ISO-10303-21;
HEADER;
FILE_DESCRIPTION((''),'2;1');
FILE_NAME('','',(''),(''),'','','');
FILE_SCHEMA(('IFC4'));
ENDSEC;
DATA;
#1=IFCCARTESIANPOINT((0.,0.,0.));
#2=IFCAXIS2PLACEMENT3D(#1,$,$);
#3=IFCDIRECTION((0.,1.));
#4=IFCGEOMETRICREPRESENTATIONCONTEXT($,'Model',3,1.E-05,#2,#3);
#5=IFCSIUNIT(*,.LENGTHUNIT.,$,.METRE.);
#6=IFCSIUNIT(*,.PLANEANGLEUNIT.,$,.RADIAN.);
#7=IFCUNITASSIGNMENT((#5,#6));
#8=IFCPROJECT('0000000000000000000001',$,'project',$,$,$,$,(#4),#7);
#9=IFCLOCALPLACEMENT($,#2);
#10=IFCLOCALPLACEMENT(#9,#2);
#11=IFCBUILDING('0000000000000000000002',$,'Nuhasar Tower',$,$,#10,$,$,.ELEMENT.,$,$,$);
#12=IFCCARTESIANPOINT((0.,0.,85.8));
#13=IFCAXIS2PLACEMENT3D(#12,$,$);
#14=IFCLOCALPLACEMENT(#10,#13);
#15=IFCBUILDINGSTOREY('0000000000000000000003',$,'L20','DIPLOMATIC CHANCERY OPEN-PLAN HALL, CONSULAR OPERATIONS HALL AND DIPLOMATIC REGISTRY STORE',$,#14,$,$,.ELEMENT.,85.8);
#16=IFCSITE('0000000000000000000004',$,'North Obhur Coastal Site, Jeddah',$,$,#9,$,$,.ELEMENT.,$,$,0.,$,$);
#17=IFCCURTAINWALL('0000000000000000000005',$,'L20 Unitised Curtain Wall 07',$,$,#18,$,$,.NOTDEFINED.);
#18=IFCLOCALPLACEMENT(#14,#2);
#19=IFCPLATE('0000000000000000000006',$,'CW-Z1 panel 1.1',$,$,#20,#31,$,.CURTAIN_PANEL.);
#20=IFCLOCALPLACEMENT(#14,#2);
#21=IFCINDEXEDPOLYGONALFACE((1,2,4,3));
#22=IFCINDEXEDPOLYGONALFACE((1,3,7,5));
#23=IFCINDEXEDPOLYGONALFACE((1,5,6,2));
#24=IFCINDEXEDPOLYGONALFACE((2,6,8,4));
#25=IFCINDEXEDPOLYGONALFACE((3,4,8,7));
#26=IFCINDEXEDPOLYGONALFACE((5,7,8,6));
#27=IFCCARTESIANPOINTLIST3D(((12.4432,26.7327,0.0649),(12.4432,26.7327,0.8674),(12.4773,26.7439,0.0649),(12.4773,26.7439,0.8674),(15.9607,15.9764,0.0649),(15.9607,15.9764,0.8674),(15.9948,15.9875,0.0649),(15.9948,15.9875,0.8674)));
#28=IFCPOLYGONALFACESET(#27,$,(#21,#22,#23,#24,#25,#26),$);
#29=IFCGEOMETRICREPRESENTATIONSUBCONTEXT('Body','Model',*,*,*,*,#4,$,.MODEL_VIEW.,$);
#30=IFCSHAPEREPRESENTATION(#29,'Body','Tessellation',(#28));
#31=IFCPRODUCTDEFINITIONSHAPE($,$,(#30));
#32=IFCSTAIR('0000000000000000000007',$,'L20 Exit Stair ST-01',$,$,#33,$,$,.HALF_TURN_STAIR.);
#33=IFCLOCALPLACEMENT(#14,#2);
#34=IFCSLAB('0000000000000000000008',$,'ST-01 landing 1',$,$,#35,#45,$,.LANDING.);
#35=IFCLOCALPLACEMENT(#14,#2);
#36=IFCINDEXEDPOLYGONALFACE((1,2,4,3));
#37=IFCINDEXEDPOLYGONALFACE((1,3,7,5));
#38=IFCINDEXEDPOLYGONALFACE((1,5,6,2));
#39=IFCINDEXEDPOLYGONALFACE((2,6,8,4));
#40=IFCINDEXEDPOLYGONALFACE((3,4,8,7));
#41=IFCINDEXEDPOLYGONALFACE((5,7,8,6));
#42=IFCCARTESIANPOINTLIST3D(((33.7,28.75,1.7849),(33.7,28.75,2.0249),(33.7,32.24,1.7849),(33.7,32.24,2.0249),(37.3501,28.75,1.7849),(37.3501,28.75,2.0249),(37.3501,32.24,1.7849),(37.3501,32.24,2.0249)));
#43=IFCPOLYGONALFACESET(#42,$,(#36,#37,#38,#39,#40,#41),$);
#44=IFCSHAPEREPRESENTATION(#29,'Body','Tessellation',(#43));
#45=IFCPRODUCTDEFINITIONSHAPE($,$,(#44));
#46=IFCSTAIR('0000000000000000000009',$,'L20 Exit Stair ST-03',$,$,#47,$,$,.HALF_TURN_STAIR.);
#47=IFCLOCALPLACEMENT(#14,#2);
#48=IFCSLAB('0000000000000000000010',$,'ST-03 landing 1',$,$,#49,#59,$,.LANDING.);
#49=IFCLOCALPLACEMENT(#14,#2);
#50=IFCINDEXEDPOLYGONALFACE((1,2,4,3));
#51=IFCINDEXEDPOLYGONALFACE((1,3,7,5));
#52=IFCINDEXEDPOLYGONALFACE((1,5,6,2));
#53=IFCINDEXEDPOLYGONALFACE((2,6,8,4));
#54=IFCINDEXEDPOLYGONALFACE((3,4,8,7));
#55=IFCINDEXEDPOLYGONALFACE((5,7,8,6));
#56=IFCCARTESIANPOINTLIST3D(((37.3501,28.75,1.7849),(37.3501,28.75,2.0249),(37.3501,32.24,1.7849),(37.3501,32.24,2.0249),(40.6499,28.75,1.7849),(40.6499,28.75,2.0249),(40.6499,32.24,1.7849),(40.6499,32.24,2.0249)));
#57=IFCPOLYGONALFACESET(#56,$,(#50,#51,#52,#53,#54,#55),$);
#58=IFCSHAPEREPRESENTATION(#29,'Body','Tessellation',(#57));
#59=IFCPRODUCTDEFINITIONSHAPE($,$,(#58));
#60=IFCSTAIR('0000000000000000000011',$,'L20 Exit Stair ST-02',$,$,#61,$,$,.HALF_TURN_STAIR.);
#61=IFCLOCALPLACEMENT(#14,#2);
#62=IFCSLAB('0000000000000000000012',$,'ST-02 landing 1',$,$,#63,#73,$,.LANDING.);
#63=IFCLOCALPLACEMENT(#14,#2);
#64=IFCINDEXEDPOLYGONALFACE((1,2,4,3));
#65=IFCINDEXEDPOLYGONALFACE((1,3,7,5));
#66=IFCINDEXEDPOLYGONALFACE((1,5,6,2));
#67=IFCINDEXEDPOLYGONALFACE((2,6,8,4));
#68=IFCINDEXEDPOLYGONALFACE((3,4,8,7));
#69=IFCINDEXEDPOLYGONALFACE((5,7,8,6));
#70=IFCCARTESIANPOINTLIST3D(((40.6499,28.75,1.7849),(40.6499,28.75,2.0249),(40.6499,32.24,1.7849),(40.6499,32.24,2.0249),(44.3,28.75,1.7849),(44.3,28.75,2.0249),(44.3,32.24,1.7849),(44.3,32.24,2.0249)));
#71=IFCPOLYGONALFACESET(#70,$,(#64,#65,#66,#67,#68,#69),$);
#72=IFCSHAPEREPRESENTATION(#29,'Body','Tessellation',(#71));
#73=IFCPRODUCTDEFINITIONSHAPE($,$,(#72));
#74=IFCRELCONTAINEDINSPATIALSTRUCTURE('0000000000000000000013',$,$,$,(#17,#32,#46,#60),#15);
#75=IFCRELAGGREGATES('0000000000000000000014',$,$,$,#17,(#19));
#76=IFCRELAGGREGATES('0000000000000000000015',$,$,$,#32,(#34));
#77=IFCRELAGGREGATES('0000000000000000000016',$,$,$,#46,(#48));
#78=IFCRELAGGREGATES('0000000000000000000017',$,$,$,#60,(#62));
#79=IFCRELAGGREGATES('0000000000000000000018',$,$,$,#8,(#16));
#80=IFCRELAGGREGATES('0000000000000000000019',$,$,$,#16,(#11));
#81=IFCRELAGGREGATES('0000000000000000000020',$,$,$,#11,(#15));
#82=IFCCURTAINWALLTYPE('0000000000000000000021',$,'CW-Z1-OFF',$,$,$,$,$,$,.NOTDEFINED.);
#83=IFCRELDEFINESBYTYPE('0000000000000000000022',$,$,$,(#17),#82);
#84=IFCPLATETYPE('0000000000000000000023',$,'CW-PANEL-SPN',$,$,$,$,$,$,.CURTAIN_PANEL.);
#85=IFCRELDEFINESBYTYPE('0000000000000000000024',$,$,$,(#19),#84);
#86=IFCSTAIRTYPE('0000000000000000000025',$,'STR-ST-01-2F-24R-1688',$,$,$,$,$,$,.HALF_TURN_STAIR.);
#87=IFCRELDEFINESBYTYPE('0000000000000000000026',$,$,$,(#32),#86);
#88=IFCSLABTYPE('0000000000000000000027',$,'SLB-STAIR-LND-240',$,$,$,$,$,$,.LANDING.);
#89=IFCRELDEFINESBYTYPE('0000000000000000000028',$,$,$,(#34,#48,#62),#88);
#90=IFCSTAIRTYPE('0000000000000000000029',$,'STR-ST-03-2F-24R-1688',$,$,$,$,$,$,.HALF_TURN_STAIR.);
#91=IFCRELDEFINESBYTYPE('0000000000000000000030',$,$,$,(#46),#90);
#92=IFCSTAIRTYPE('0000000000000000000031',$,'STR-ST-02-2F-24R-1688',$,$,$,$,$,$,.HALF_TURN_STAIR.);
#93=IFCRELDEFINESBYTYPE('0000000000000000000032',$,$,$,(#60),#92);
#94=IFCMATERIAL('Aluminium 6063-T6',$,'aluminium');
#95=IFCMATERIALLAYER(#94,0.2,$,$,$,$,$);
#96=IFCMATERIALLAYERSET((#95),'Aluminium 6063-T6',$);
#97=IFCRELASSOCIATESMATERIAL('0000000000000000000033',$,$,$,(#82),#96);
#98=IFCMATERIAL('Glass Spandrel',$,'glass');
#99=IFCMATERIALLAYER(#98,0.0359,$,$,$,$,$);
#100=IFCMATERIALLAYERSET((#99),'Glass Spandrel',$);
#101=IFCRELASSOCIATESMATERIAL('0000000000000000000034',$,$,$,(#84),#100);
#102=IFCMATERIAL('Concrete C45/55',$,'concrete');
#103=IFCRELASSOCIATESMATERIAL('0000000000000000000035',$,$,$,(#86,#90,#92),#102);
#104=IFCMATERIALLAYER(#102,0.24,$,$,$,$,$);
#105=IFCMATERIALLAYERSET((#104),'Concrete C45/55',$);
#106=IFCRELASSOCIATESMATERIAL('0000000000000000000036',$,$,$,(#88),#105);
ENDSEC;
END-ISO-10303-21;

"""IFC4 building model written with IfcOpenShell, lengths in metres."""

from ifc_helpers import new_model, si_unit, direction, frame, origin, origin_2d, place, context, subcontext, project, spatial, polyline, rectangle, outline, extrude, material, layer, layer_set, type_object, element, aggregate, save


model = new_model("IFC4")

# Units and contexts
model_context = context("Model", 3, precision=1e-05, world=origin(), true_north=direction((0.0, 1.0)))
body_context = subcontext(model_context, "Body", "Model", "MODEL_VIEW")
ifc_project = project(units=[si_unit("LENGTHUNIT", "METRE"), si_unit("PLANEANGLEUNIT", "RADIAN")], contexts=[model_context])

# Site, building, storey
site_placement = place(None, origin())
site = spatial("IfcSite", under=ifc_project, at=site_placement, Name="North Obhur Coastal Site, Jeddah", CompositionType="ELEMENT", RefElevation=0.0)
building_placement = place(site_placement, origin())
building = spatial("IfcBuilding", under=site, at=building_placement, Name="Nuhasar Tower", CompositionType="ELEMENT")
storey_placement = place(building_placement, frame((0.0, 0.0, 85.8)))
storey = spatial("IfcBuildingStorey", under=building, at=storey_placement, Name="L20", Description="DIPLOMATIC CHANCERY OPEN-PLAN HALL, CONSULAR OPERATIONS HALL AND DIPLOMATIC REGISTRY STORE", CompositionType="ELEMENT", Elevation=85.8)

# Curtain wall
ifc_material_1 = material(Name="Aluminium 6063-T6", Category="aluminium")
ifc_layer_1 = layer(ifc_material_1, 0.2)
ifc_layer_set_1 = layer_set([ifc_layer_1], Name="Aluminium 6063-T6")
curtain_wall_type = type_object("IfcCurtainWallType", Name="CW-Z1-OFF", PredefinedType="NOTDEFINED", material=ifc_layer_set_1)
curtain_wall_1_placement = place(storey_placement, origin())
curtain_wall_1 = element("IfcCurtainWall", 1, at=curtain_wall_1_placement, inside=storey, type_object=curtain_wall_type, Name="L20 Unitised Curtain Wall 07", PredefinedType="NOTDEFINED")

# Plate
ifc_material_2 = material(Name="Glass Spandrel", Category="glass")
ifc_layer_2 = layer(ifc_material_2, 0.0359)
ifc_layer_set_2 = layer_set([ifc_layer_2], Name="Glass Spandrel")
plate_type_1 = type_object("IfcPlateType", Name="CW-PANEL-SPN", PredefinedType="CURTAIN_PANEL", material=ifc_layer_set_2)
plate_1_placement = place(storey_placement, frame((14.219, 21.3601, 0.0649), z_axis=(0.0, 0.0, 1.0), x_axis=(0.310824, -0.950468, 0.0)))
plate_1 = element("IfcPlate", 2, at=plate_1_placement, type_object=plate_type_1, Name="CW-Z1 panel 1.1", PredefinedType="CURTAIN_PANEL", context=body_context, shape_type="SweptSolid", body=[
    extrude(rectangle(XDim=11.3169, YDim=0.0359, at=origin_2d()), origin(), (0.0, 0.0, 1.0), 0.8025),
])
aggregate(curtain_wall_1, [plate_1])

# Stairs, slabs
ifc_material_3 = material(Name="Concrete C45/55", Category="concrete")
stair_type_1 = type_object("IfcStairType", Name="STR-ST-01-2F-24R-1688", PredefinedType="HALF_TURN_STAIR", material=ifc_material_3)
stair_1_placement = place(storey_placement, origin())
stair_1 = element("IfcStair", 3, at=stair_1_placement, inside=storey, type_object=stair_type_1, Name="L20 Exit Stair ST-01", PredefinedType="HALF_TURN_STAIR")
ifc_layer_3 = layer(ifc_material_3, 0.24)
ifc_layer_set_3 = layer_set([ifc_layer_3], Name="Concrete C45/55")
slab_type_1 = type_object("IfcSlabType", Name="SLB-STAIR-LND-240", PredefinedType="LANDING", material=ifc_layer_set_3)
slab_1_placement = place(storey_placement, frame((0.0, 0.0, 1.7849)))
slab_1 = element("IfcSlab", 4, at=slab_1_placement, type_object=slab_type_1, Name="ST-01 landing 1", PredefinedType="LANDING", context=body_context, shape_type="SweptSolid", body=[
    extrude(outline(polyline([(33.7, 28.75), (37.3501, 28.75), (37.3501, 32.24), (33.7, 32.24), (33.7, 28.75)])), origin(), (0.0, 0.0, 1.0), 0.24),
])
aggregate(stair_1, [slab_1])
stair_type_2 = type_object("IfcStairType", Name="STR-ST-03-2F-24R-1688", PredefinedType="HALF_TURN_STAIR", material=ifc_material_3)
stair_2_placement = place(storey_placement, origin())
stair_2 = element("IfcStair", 5, at=stair_2_placement, inside=storey, type_object=stair_type_2, Name="L20 Exit Stair ST-03", PredefinedType="HALF_TURN_STAIR")
slab_2_placement = place(storey_placement, frame((0.0, 0.0, 1.7849)))
slab_2 = element("IfcSlab", 6, at=slab_2_placement, type_object=slab_type_1, Name="ST-03 landing 1", PredefinedType="LANDING", context=body_context, shape_type="SweptSolid", body=[
    extrude(outline(polyline([(37.3501, 28.75), (40.6499, 28.75), (40.6499, 32.24), (37.3501, 32.24), (37.3501, 28.75)])), origin(), (0.0, 0.0, 1.0), 0.24),
])
aggregate(stair_2, [slab_2])
stair_type_3 = type_object("IfcStairType", Name="STR-ST-02-2F-24R-1688", PredefinedType="HALF_TURN_STAIR", material=ifc_material_3)
stair_3_placement = place(storey_placement, origin())
stair_3 = element("IfcStair", 7, at=stair_3_placement, inside=storey, type_object=stair_type_3, Name="L20 Exit Stair ST-02", PredefinedType="HALF_TURN_STAIR")
slab_3_placement = place(storey_placement, frame((0.0, 0.0, 1.7849)))
slab_3 = element("IfcSlab", 8, at=slab_3_placement, type_object=slab_type_1, Name="ST-02 landing 1", PredefinedType="LANDING", context=body_context, shape_type="SweptSolid", body=[
    extrude(outline(polyline([(40.6499, 28.75), (44.3, 28.75), (44.3, 32.24), (40.6499, 32.24), (40.6499, 28.75)])), origin(), (0.0, 0.0, 1.0), 0.24),
])
aggregate(stair_3, [slab_3])

save(model, "model.ifc")
